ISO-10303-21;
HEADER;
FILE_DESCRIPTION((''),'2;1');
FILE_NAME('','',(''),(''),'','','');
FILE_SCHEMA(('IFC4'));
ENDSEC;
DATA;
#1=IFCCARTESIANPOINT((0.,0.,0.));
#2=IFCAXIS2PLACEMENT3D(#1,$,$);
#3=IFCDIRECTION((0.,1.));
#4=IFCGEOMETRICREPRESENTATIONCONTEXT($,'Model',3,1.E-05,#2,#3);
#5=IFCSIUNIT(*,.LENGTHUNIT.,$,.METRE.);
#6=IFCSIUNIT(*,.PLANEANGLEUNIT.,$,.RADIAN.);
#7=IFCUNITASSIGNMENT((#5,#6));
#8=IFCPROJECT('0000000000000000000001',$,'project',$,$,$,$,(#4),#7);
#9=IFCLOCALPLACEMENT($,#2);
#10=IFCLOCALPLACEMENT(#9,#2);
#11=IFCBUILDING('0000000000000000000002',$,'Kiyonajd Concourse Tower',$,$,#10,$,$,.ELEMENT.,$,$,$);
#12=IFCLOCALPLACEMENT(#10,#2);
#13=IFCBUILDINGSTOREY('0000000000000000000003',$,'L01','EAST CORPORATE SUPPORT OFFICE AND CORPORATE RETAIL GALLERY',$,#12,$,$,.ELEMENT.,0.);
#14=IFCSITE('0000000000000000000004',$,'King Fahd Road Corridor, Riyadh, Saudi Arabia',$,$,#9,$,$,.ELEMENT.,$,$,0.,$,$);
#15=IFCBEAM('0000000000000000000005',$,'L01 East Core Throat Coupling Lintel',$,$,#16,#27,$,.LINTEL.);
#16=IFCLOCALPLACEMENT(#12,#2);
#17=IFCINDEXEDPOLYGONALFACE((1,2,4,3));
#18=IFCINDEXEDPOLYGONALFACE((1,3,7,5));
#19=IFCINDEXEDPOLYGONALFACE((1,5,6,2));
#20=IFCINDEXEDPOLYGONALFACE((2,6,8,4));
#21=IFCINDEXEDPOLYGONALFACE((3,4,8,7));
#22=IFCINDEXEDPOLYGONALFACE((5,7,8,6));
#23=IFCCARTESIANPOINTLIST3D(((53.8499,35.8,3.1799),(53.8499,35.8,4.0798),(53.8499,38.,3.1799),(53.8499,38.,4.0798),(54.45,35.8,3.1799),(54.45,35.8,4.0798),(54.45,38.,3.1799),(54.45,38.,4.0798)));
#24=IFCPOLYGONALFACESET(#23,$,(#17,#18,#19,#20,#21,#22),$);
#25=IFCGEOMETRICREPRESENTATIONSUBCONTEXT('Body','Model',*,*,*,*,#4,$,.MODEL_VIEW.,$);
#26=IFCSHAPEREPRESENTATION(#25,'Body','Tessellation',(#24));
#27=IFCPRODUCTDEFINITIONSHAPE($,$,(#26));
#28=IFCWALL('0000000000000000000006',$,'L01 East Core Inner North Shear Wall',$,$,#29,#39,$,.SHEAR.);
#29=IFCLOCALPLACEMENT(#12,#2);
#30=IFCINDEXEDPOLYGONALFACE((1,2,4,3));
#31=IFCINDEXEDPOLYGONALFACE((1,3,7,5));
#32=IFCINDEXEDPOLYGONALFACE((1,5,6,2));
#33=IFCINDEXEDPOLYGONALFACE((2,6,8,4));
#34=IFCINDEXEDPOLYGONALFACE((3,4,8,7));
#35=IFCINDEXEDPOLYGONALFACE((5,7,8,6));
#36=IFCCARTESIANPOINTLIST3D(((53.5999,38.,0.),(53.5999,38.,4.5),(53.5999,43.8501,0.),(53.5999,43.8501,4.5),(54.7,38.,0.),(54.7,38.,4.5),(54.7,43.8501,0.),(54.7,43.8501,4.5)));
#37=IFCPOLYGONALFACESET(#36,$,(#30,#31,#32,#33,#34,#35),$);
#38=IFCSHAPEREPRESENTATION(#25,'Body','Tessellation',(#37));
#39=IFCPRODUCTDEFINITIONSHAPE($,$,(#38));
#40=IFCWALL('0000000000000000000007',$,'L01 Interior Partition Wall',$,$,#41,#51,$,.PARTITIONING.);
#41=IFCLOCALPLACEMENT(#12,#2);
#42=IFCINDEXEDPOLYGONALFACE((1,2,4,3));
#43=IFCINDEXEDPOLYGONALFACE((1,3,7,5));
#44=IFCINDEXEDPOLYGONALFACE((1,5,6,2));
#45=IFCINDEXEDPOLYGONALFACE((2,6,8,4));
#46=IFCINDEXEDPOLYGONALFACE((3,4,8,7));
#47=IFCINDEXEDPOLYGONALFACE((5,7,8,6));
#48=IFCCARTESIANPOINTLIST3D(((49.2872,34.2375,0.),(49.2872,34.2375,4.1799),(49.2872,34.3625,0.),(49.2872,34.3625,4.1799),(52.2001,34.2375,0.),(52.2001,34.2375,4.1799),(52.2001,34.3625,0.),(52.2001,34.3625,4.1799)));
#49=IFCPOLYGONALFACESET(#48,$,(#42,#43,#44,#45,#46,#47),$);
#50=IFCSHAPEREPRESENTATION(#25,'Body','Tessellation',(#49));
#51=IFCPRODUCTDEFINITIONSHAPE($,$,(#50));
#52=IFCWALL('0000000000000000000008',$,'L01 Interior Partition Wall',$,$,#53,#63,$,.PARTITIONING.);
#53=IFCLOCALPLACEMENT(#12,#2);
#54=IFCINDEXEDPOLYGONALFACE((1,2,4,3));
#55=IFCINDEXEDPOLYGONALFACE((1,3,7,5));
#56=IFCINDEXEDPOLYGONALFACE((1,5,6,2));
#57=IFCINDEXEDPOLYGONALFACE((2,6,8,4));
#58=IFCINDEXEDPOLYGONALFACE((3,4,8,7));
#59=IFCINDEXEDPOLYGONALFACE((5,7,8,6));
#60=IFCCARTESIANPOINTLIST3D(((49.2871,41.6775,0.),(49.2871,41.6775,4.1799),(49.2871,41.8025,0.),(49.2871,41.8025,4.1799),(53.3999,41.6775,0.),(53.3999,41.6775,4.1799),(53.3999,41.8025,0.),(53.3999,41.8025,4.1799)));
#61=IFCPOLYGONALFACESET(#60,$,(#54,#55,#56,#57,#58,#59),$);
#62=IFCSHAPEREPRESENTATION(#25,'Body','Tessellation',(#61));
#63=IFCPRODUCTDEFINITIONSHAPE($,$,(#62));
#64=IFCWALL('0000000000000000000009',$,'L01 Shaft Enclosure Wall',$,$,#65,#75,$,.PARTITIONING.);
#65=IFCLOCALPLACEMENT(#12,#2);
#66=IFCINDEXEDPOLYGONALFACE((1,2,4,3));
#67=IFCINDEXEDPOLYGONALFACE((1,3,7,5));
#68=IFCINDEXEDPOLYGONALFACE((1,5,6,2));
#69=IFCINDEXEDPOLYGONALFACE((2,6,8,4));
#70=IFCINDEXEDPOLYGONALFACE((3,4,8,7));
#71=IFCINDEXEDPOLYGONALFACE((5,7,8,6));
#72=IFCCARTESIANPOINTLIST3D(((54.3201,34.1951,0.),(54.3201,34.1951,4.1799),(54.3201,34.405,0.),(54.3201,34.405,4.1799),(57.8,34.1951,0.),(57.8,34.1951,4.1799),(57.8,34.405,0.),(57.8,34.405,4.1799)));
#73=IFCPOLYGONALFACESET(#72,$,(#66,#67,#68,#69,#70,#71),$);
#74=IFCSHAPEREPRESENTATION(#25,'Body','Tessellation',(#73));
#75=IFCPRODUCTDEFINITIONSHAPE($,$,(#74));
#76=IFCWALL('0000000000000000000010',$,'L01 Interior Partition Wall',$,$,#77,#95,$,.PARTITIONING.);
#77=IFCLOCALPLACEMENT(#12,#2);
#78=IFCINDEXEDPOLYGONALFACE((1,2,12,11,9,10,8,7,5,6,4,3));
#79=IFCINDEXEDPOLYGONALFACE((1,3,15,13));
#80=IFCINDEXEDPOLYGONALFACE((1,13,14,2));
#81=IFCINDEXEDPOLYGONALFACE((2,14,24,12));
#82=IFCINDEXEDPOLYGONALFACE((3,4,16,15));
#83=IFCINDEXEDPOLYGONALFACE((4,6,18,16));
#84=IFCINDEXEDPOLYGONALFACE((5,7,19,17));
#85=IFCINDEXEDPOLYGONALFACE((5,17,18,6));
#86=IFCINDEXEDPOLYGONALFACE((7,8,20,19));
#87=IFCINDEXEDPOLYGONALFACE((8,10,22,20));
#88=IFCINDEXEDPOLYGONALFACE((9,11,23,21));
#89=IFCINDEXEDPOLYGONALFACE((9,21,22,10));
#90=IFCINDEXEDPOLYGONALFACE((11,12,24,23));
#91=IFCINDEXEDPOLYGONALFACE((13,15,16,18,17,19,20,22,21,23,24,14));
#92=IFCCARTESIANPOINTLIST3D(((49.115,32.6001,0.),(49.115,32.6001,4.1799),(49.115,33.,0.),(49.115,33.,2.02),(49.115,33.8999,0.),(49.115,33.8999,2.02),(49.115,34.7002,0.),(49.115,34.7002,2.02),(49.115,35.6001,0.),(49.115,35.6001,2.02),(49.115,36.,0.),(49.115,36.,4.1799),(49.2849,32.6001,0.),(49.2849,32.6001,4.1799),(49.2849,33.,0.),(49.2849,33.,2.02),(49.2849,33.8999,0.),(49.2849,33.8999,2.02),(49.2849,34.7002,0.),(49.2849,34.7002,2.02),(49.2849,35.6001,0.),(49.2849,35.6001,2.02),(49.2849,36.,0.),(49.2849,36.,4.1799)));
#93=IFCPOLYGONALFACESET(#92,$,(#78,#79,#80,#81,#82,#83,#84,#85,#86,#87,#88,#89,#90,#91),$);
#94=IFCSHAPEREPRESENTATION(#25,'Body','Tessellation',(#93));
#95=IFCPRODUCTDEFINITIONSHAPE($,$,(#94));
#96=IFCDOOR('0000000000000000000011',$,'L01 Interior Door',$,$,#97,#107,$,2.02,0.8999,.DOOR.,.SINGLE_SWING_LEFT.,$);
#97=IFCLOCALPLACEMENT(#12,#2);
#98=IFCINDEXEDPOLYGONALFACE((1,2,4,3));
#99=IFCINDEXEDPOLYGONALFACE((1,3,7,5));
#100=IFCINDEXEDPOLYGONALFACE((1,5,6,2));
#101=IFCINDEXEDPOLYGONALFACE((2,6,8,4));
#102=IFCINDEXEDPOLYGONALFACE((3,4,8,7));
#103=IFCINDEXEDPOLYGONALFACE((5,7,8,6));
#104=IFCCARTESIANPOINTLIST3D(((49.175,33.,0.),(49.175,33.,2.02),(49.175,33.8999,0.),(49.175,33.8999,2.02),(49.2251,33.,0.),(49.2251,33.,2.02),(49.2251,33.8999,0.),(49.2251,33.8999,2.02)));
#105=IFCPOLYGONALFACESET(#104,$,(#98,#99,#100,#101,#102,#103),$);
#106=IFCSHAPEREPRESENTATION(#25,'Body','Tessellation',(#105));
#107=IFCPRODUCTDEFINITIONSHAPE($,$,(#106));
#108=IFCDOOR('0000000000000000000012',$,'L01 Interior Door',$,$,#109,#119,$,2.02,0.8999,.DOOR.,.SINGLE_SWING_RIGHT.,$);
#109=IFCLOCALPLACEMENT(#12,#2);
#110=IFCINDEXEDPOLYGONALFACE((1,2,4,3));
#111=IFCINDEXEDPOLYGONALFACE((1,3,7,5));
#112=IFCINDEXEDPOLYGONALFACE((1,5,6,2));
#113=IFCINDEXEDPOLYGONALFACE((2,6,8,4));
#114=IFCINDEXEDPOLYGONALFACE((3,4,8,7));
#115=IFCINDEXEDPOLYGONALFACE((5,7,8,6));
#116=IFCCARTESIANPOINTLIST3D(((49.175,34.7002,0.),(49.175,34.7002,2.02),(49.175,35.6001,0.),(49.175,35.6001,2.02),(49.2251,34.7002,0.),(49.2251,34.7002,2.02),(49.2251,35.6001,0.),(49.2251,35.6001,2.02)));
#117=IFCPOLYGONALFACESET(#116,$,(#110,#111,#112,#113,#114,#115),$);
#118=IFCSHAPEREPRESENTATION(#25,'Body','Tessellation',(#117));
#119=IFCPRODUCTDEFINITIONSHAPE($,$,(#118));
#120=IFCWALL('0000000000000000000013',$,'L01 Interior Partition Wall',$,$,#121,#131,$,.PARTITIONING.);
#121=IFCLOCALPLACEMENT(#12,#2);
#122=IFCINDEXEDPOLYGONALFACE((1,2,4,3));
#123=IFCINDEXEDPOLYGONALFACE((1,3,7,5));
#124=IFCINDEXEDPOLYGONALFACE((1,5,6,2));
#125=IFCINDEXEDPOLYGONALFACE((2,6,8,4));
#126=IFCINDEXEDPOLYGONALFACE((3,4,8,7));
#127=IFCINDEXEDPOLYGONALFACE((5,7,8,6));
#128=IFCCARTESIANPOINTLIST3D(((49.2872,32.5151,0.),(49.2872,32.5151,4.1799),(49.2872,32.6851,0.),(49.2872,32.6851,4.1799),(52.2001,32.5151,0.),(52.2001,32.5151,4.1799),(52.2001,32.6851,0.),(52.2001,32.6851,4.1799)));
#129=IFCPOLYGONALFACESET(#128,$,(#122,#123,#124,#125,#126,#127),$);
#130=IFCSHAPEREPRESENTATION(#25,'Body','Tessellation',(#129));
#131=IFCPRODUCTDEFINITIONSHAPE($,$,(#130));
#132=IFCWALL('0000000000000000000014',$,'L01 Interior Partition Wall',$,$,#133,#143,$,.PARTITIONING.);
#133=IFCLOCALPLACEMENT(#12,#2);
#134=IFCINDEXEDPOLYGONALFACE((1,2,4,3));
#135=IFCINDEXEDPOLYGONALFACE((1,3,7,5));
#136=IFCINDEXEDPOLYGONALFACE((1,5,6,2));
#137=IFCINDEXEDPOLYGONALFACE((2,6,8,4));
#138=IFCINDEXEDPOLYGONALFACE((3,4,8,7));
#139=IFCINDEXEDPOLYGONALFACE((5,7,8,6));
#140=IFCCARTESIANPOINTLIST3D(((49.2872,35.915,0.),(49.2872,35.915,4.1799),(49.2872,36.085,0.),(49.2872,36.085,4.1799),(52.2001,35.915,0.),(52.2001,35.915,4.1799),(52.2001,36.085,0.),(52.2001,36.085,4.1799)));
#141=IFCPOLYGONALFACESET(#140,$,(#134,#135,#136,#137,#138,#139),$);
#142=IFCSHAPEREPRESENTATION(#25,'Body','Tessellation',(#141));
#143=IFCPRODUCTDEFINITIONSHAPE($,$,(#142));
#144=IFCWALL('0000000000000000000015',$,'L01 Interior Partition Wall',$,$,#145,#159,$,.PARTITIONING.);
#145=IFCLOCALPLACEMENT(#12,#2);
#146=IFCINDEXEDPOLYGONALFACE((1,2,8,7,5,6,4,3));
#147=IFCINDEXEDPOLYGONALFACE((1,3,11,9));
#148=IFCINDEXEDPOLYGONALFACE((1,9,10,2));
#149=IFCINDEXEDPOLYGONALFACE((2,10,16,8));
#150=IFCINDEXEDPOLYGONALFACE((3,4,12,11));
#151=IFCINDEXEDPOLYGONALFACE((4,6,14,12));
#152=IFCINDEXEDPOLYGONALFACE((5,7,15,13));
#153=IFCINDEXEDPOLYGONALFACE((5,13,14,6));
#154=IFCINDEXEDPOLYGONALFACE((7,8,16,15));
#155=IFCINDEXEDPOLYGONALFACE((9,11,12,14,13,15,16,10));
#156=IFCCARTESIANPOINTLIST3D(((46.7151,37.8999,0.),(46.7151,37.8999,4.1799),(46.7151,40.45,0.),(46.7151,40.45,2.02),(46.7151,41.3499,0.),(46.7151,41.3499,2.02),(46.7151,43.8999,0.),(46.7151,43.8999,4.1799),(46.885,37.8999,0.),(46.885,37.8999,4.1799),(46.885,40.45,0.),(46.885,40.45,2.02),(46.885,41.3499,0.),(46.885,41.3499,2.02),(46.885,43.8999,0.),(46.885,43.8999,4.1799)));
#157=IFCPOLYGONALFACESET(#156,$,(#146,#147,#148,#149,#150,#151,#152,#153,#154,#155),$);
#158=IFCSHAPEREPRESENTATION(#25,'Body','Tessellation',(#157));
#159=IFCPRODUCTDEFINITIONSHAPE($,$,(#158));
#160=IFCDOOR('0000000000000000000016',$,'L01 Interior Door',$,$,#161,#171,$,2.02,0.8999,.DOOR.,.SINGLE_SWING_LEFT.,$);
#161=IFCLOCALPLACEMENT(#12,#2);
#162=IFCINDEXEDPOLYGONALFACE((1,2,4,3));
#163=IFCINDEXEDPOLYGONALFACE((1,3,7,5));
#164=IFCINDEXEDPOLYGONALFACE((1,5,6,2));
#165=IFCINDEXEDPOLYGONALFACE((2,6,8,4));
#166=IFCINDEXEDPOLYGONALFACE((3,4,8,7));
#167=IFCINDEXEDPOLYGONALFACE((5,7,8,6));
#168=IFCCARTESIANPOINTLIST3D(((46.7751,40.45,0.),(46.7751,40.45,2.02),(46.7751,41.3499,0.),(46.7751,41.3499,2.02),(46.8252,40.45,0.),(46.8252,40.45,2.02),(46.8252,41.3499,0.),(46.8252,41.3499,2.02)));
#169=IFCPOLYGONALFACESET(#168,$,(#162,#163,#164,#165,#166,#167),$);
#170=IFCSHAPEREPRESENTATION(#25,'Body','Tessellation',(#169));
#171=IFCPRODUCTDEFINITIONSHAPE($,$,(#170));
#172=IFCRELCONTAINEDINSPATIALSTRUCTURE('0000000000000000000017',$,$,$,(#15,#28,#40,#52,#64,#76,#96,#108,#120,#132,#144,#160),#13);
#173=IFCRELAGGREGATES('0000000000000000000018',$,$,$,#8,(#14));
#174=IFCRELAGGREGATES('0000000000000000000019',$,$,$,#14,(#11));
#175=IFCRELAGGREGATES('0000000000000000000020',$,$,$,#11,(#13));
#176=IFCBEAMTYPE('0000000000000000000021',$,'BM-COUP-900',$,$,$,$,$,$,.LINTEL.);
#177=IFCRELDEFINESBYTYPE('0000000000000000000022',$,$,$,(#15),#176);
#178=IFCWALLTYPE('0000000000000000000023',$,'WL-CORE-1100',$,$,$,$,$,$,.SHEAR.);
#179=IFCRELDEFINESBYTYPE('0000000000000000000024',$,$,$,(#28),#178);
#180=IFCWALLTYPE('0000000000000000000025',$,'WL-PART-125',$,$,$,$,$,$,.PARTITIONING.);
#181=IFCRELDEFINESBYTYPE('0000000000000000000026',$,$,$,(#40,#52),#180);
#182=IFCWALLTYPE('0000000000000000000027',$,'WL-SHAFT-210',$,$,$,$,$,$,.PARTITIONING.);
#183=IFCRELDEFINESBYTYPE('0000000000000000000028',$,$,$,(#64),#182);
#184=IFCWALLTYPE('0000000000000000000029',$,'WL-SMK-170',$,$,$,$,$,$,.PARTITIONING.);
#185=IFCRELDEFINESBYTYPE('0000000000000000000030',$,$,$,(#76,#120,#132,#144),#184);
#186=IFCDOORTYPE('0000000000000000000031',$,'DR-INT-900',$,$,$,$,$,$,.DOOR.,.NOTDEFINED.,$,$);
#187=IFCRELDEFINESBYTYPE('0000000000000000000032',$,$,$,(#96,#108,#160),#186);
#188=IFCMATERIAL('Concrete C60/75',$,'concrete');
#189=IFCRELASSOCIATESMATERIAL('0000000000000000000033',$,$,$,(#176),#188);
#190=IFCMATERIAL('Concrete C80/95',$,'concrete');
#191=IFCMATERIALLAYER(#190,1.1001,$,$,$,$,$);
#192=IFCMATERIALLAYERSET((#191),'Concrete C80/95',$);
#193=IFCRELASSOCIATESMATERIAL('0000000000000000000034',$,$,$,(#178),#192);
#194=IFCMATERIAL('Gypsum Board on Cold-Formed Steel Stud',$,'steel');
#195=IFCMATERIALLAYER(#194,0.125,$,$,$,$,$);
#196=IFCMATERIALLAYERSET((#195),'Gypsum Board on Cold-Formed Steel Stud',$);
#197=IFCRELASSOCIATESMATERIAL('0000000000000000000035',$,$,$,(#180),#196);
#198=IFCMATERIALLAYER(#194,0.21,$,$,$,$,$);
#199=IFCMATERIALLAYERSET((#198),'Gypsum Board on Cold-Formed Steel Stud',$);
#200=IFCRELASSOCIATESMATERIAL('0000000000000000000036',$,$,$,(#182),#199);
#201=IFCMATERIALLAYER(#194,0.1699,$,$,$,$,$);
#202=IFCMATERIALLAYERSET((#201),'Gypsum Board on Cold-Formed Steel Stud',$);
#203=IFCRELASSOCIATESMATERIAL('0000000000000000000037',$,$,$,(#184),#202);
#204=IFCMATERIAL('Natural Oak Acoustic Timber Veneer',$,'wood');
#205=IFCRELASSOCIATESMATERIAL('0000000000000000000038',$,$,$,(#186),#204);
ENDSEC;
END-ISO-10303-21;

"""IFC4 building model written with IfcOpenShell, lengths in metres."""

from ifc_helpers import new_model, si_unit, direction, frame, frame_2d, origin, origin_2d, place, context, subcontext, project, spatial, rectangle, extrude, material, layer, layer_set, material_profile, profile_set, type_object, element, fill, save


model = new_model("IFC4")

# Units and contexts
model_context = context("Model", 3, precision=1e-05, world=origin(), true_north=direction((0.0, 1.0)))
body_context = subcontext(model_context, "Body", "Model", "MODEL_VIEW")
ifc_project = project(units=[si_unit("LENGTHUNIT", "METRE"), si_unit("PLANEANGLEUNIT", "RADIAN")], contexts=[model_context])

# Site, building, storey
site_placement = place(None, origin())
site = spatial("IfcSite", under=ifc_project, at=site_placement, Name="King Fahd Road Corridor, Riyadh, Saudi Arabia", CompositionType="ELEMENT", RefElevation=0.0)
building_placement = place(site_placement, origin())
building = spatial("IfcBuilding", under=site, at=building_placement, Name="Kiyonajd Concourse Tower", CompositionType="ELEMENT")
storey_placement = place(building_placement, origin())
storey = spatial("IfcBuildingStorey", under=building, at=storey_placement, Name="L01", Description="EAST CORPORATE SUPPORT OFFICE AND CORPORATE RETAIL GALLERY", CompositionType="ELEMENT", Elevation=0.0)

# Beam
ifc_material_1 = material(Name="Concrete C60/75", Category="concrete")
ifc_material_profile = material_profile(ifc_material_1, rectangle(XDim=0.6001, YDim=0.8999, at=origin_2d()), Name="RCBM-600x900")
ifc_profile_set = profile_set([ifc_material_profile], Name="Concrete C60/75")
beam_type = type_object("IfcBeamType", Name="BM-COUP-900", PredefinedType="LINTEL", material=ifc_profile_set)
beam_placement = place(storey_placement, frame((54.1499, 35.8, 3.6299), z_axis=(0.0, 1.0, 0.0), x_axis=(-1.0, 0.0, 0.0)))
element("IfcBeam", 1, at=beam_placement, inside=storey, type_object=beam_type, Name="L01 East Core Throat Coupling Lintel", PredefinedType="LINTEL", context=body_context, shape_type="SweptSolid", body=[
    extrude(rectangle(XDim=0.6001, YDim=0.8999, at=origin_2d()), origin(), (0.0, 0.0, 1.0), 2.2),
])

# Walls
ifc_material_2 = material(Name="Concrete C80/95", Category="concrete")
ifc_layer_1 = layer(ifc_material_2, 1.1001)
ifc_layer_set_1 = layer_set([ifc_layer_1], Name="Concrete C80/95")
wall_type_1 = type_object("IfcWallType", Name="WL-CORE-1100", PredefinedType="SHEAR", material=ifc_layer_set_1)
wall_1_placement = place(storey_placement, frame((54.1499, 38.0, 0.0), z_axis=(0.0, 0.0, 1.0), x_axis=(0.0, 1.0, 0.0)))
element("IfcWall", 2, at=wall_1_placement, inside=storey, type_object=wall_type_1, Name="L01 East Core Inner North Shear Wall", PredefinedType="SHEAR", context=body_context, shape_type="SweptSolid", body=[
    extrude(rectangle(XDim=5.8501, YDim=1.1001, at=frame_2d((2.925, 0.0))), origin(), (0.0, 0.0, 1.0), 4.5),
])
ifc_material_3 = material(Name="Gypsum Board on Cold-Formed Steel Stud", Category="steel")
ifc_layer_2 = layer(ifc_material_3, 0.125)
ifc_layer_set_2 = layer_set([ifc_layer_2], Name="Gypsum Board on Cold-Formed Steel Stud")
wall_type_2 = type_object("IfcWallType", Name="WL-PART-125", PredefinedType="PARTITIONING", material=ifc_layer_set_2)
wall_2_placement = place(storey_placement, frame((49.2871, 34.3, 0.0), z_axis=(0.0, 0.0, 1.0), x_axis=(1.0, 0.0, 0.0)))
element("IfcWall", 3, at=wall_2_placement, inside=storey, type_object=wall_type_2, Name="L01 Interior Partition Wall", PredefinedType="PARTITIONING", context=body_context, shape_type="SweptSolid", body=[
    extrude(rectangle(XDim=2.9128, YDim=0.125, at=frame_2d((1.4565, 0.0))), origin(), (0.0, 0.0, 1.0), 4.1799),
])
wall_3_placement = place(storey_placement, frame((49.2871, 41.74, 0.0), z_axis=(0.0, 0.0, 1.0), x_axis=(1.0, 0.0, 0.0)))
element("IfcWall", 4, at=wall_3_placement, inside=storey, type_object=wall_type_2, Name="L01 Interior Partition Wall", PredefinedType="PARTITIONING", context=body_context, shape_type="SweptSolid", body=[
    extrude(rectangle(XDim=4.1128, YDim=0.125, at=frame_2d((2.0564, 0.0))), origin(), (0.0, 0.0, 1.0), 4.1799),
])
ifc_layer_3 = layer(ifc_material_3, 0.21)
ifc_layer_set_3 = layer_set([ifc_layer_3], Name="Gypsum Board on Cold-Formed Steel Stud")
wall_type_3 = type_object("IfcWallType", Name="WL-SHAFT-210", PredefinedType="PARTITIONING", material=ifc_layer_set_3)
wall_4_placement = place(storey_placement, frame((54.3201, 34.3, 0.0), z_axis=(0.0, 0.0, 1.0), x_axis=(1.0, 0.0, 0.0)))
element("IfcWall", 5, at=wall_4_placement, inside=storey, type_object=wall_type_3, Name="L01 Shaft Enclosure Wall", PredefinedType="PARTITIONING", context=body_context, shape_type="SweptSolid", body=[
    extrude(rectangle(XDim=3.48, YDim=0.21, at=frame_2d((1.74, 0.0))), origin(), (0.0, 0.0, 1.0), 4.1799),
])

# Wall, openings, doors
ifc_layer_4 = layer(ifc_material_3, 0.1699)
ifc_layer_set_4 = layer_set([ifc_layer_4], Name="Gypsum Board on Cold-Formed Steel Stud")
wall_type_4 = type_object("IfcWallType", Name="WL-SMK-170", PredefinedType="PARTITIONING", material=ifc_layer_set_4)
wall_5_placement = place(storey_placement, frame((49.2, 32.6001, 0.0), z_axis=(0.0, 0.0, 1.0), x_axis=(0.0, 1.0, 0.0)))
wall_5 = element("IfcWall", 6, at=wall_5_placement, inside=storey, type_object=wall_type_4, Name="L01 Interior Partition Wall", PredefinedType="PARTITIONING", context=body_context, shape_type="SweptSolid", body=[
    extrude(rectangle(XDim=3.3999, YDim=0.1699, at=frame_2d((1.7, 0.0))), origin(), (0.0, 0.0, 1.0), 4.1799),
])
opening_1_placement = place(wall_5_placement, frame((0.3999, 0.0, 0.0)))
opening_1 = element("IfcOpeningElement", 7, at=opening_1_placement, cuts=wall_5, PredefinedType="OPENING", context=body_context, shape_type="SweptSolid", body=[
    extrude(rectangle(XDim=0.8999, YDim=2.02, at=frame_2d((0.45, 1.01))), frame((0.0, 0.095, 0.0), z_axis=(0.0, -1.0, 0.0), x_axis=(1.0, 0.0, 0.0)), (0.0, 0.0, 1.0), 0.1899),
])
opening_2_placement = place(wall_5_placement, frame((2.1001, 0.0, 0.0)))
opening_2 = element("IfcOpeningElement", 8, at=opening_2_placement, cuts=wall_5, PredefinedType="OPENING", context=body_context, shape_type="SweptSolid", body=[
    extrude(rectangle(XDim=0.8999, YDim=2.02, at=frame_2d((0.45, 1.01))), frame((0.0, 0.095, 0.0), z_axis=(0.0, -1.0, 0.0), x_axis=(1.0, 0.0, 0.0)), (0.0, 0.0, 1.0), 0.1899),
])
ifc_material_4 = material(Name="Natural Oak Acoustic Timber Veneer", Category="wood")
door_type_1 = type_object("IfcDoorType", Name="DR-INT-900", OperationType="NOTDEFINED", PredefinedType="DOOR", material=ifc_material_4)
door_1_placement = place(opening_1_placement, origin())
door_1 = element("IfcDoor", 9, at=door_1_placement, inside=storey, type_object=door_type_1, Name="L01 Interior Door", OperationType="SINGLE_SWING_LEFT", OverallHeight=2.02, OverallWidth=0.8999, PredefinedType="DOOR", context=body_context, shape_type="SweptSolid", body=[
    extrude(rectangle(XDim=0.8999, YDim=2.02, at=frame_2d((0.45, 1.01))), frame((0.0, 0.0249, 0.0), z_axis=(0.0, -1.0, 0.0), x_axis=(1.0, 0.0, 0.0)), (0.0, 0.0, 1.0), 0.05),
])
fill(opening_1, door_1)
door_2_placement = place(opening_2_placement, origin())
door_2 = element("IfcDoor", 10, at=door_2_placement, inside=storey, type_object=door_type_1, Name="L01 Interior Door", OperationType="SINGLE_SWING_RIGHT", OverallHeight=2.02, OverallWidth=0.8999, PredefinedType="DOOR", context=body_context, shape_type="SweptSolid", body=[
    extrude(rectangle(XDim=0.8999, YDim=2.02, at=frame_2d((0.45, 1.01))), frame((0.0, 0.0249, 0.0), z_axis=(0.0, -1.0, 0.0), x_axis=(1.0, 0.0, 0.0)), (0.0, 0.0, 1.0), 0.05),
])
fill(opening_2, door_2)

# Walls
for number, where, z_axis, x_axis, name in (
    (11, (49.2871, 32.6001, 0.0), (0.0, 0.0, 1.0), (1.0, 0.0, 0.0), "L01 Interior Partition Wall"),
    (12, (49.2871, 36.0, 0.0), (0.0, 0.0, 1.0), (1.0, 0.0, 0.0), "L01 Interior Partition Wall"),
):
    element("IfcWall", number, at=place(storey_placement, frame(where, z_axis=z_axis, x_axis=x_axis)), inside=storey, type_object=wall_type_4, Name=name, PredefinedType="PARTITIONING", context=body_context, shape_type="SweptSolid", body=[
        extrude(rectangle(XDim=2.9128, YDim=0.1699, at=frame_2d((1.4565, 0.0))), origin(), (0.0, 0.0, 1.0), 4.1799),
    ])

# Wall, opening, door
wall_6_placement = place(storey_placement, frame((46.8, 37.8999, 0.0), z_axis=(0.0, 0.0, 1.0), x_axis=(0.0, 1.0, 0.0)))
wall_6 = element("IfcWall", 13, at=wall_6_placement, inside=storey, type_object=wall_type_4, Name="L01 Interior Partition Wall", PredefinedType="PARTITIONING", context=body_context, shape_type="SweptSolid", body=[
    extrude(rectangle(XDim=6.0, YDim=0.1699, at=frame_2d((3.0, 0.0))), origin(), (0.0, 0.0, 1.0), 4.1799),
])
opening_3_placement = place(wall_6_placement, frame((2.55, 0.0, 0.0)))
opening_3 = element("IfcOpeningElement", 14, at=opening_3_placement, cuts=wall_6, PredefinedType="OPENING", context=body_context, shape_type="SweptSolid", body=[
    extrude(rectangle(XDim=0.8999, YDim=2.02, at=frame_2d((0.45, 1.01))), frame((0.0, 0.095, 0.0), z_axis=(0.0, -1.0, 0.0), x_axis=(1.0, 0.0, 0.0)), (0.0, 0.0, 1.0), 0.1899),
])
door_3_placement = place(opening_3_placement, origin())
door_3 = element("IfcDoor", 15, at=door_3_placement, inside=storey, type_object=door_type_1, Name="L01 Interior Door", OperationType="SINGLE_SWING_LEFT", OverallHeight=2.02, OverallWidth=0.8999, PredefinedType="DOOR", context=body_context, shape_type="SweptSolid", body=[
    extrude(rectangle(XDim=0.8999, YDim=2.02, at=frame_2d((0.45, 1.01))), frame((0.0, 0.0249, 0.0), z_axis=(0.0, -1.0, 0.0), x_axis=(1.0, 0.0, 0.0)), (0.0, 0.0, 1.0), 0.05),
])
fill(opening_3, door_3)

save(model, "model.ifc")
